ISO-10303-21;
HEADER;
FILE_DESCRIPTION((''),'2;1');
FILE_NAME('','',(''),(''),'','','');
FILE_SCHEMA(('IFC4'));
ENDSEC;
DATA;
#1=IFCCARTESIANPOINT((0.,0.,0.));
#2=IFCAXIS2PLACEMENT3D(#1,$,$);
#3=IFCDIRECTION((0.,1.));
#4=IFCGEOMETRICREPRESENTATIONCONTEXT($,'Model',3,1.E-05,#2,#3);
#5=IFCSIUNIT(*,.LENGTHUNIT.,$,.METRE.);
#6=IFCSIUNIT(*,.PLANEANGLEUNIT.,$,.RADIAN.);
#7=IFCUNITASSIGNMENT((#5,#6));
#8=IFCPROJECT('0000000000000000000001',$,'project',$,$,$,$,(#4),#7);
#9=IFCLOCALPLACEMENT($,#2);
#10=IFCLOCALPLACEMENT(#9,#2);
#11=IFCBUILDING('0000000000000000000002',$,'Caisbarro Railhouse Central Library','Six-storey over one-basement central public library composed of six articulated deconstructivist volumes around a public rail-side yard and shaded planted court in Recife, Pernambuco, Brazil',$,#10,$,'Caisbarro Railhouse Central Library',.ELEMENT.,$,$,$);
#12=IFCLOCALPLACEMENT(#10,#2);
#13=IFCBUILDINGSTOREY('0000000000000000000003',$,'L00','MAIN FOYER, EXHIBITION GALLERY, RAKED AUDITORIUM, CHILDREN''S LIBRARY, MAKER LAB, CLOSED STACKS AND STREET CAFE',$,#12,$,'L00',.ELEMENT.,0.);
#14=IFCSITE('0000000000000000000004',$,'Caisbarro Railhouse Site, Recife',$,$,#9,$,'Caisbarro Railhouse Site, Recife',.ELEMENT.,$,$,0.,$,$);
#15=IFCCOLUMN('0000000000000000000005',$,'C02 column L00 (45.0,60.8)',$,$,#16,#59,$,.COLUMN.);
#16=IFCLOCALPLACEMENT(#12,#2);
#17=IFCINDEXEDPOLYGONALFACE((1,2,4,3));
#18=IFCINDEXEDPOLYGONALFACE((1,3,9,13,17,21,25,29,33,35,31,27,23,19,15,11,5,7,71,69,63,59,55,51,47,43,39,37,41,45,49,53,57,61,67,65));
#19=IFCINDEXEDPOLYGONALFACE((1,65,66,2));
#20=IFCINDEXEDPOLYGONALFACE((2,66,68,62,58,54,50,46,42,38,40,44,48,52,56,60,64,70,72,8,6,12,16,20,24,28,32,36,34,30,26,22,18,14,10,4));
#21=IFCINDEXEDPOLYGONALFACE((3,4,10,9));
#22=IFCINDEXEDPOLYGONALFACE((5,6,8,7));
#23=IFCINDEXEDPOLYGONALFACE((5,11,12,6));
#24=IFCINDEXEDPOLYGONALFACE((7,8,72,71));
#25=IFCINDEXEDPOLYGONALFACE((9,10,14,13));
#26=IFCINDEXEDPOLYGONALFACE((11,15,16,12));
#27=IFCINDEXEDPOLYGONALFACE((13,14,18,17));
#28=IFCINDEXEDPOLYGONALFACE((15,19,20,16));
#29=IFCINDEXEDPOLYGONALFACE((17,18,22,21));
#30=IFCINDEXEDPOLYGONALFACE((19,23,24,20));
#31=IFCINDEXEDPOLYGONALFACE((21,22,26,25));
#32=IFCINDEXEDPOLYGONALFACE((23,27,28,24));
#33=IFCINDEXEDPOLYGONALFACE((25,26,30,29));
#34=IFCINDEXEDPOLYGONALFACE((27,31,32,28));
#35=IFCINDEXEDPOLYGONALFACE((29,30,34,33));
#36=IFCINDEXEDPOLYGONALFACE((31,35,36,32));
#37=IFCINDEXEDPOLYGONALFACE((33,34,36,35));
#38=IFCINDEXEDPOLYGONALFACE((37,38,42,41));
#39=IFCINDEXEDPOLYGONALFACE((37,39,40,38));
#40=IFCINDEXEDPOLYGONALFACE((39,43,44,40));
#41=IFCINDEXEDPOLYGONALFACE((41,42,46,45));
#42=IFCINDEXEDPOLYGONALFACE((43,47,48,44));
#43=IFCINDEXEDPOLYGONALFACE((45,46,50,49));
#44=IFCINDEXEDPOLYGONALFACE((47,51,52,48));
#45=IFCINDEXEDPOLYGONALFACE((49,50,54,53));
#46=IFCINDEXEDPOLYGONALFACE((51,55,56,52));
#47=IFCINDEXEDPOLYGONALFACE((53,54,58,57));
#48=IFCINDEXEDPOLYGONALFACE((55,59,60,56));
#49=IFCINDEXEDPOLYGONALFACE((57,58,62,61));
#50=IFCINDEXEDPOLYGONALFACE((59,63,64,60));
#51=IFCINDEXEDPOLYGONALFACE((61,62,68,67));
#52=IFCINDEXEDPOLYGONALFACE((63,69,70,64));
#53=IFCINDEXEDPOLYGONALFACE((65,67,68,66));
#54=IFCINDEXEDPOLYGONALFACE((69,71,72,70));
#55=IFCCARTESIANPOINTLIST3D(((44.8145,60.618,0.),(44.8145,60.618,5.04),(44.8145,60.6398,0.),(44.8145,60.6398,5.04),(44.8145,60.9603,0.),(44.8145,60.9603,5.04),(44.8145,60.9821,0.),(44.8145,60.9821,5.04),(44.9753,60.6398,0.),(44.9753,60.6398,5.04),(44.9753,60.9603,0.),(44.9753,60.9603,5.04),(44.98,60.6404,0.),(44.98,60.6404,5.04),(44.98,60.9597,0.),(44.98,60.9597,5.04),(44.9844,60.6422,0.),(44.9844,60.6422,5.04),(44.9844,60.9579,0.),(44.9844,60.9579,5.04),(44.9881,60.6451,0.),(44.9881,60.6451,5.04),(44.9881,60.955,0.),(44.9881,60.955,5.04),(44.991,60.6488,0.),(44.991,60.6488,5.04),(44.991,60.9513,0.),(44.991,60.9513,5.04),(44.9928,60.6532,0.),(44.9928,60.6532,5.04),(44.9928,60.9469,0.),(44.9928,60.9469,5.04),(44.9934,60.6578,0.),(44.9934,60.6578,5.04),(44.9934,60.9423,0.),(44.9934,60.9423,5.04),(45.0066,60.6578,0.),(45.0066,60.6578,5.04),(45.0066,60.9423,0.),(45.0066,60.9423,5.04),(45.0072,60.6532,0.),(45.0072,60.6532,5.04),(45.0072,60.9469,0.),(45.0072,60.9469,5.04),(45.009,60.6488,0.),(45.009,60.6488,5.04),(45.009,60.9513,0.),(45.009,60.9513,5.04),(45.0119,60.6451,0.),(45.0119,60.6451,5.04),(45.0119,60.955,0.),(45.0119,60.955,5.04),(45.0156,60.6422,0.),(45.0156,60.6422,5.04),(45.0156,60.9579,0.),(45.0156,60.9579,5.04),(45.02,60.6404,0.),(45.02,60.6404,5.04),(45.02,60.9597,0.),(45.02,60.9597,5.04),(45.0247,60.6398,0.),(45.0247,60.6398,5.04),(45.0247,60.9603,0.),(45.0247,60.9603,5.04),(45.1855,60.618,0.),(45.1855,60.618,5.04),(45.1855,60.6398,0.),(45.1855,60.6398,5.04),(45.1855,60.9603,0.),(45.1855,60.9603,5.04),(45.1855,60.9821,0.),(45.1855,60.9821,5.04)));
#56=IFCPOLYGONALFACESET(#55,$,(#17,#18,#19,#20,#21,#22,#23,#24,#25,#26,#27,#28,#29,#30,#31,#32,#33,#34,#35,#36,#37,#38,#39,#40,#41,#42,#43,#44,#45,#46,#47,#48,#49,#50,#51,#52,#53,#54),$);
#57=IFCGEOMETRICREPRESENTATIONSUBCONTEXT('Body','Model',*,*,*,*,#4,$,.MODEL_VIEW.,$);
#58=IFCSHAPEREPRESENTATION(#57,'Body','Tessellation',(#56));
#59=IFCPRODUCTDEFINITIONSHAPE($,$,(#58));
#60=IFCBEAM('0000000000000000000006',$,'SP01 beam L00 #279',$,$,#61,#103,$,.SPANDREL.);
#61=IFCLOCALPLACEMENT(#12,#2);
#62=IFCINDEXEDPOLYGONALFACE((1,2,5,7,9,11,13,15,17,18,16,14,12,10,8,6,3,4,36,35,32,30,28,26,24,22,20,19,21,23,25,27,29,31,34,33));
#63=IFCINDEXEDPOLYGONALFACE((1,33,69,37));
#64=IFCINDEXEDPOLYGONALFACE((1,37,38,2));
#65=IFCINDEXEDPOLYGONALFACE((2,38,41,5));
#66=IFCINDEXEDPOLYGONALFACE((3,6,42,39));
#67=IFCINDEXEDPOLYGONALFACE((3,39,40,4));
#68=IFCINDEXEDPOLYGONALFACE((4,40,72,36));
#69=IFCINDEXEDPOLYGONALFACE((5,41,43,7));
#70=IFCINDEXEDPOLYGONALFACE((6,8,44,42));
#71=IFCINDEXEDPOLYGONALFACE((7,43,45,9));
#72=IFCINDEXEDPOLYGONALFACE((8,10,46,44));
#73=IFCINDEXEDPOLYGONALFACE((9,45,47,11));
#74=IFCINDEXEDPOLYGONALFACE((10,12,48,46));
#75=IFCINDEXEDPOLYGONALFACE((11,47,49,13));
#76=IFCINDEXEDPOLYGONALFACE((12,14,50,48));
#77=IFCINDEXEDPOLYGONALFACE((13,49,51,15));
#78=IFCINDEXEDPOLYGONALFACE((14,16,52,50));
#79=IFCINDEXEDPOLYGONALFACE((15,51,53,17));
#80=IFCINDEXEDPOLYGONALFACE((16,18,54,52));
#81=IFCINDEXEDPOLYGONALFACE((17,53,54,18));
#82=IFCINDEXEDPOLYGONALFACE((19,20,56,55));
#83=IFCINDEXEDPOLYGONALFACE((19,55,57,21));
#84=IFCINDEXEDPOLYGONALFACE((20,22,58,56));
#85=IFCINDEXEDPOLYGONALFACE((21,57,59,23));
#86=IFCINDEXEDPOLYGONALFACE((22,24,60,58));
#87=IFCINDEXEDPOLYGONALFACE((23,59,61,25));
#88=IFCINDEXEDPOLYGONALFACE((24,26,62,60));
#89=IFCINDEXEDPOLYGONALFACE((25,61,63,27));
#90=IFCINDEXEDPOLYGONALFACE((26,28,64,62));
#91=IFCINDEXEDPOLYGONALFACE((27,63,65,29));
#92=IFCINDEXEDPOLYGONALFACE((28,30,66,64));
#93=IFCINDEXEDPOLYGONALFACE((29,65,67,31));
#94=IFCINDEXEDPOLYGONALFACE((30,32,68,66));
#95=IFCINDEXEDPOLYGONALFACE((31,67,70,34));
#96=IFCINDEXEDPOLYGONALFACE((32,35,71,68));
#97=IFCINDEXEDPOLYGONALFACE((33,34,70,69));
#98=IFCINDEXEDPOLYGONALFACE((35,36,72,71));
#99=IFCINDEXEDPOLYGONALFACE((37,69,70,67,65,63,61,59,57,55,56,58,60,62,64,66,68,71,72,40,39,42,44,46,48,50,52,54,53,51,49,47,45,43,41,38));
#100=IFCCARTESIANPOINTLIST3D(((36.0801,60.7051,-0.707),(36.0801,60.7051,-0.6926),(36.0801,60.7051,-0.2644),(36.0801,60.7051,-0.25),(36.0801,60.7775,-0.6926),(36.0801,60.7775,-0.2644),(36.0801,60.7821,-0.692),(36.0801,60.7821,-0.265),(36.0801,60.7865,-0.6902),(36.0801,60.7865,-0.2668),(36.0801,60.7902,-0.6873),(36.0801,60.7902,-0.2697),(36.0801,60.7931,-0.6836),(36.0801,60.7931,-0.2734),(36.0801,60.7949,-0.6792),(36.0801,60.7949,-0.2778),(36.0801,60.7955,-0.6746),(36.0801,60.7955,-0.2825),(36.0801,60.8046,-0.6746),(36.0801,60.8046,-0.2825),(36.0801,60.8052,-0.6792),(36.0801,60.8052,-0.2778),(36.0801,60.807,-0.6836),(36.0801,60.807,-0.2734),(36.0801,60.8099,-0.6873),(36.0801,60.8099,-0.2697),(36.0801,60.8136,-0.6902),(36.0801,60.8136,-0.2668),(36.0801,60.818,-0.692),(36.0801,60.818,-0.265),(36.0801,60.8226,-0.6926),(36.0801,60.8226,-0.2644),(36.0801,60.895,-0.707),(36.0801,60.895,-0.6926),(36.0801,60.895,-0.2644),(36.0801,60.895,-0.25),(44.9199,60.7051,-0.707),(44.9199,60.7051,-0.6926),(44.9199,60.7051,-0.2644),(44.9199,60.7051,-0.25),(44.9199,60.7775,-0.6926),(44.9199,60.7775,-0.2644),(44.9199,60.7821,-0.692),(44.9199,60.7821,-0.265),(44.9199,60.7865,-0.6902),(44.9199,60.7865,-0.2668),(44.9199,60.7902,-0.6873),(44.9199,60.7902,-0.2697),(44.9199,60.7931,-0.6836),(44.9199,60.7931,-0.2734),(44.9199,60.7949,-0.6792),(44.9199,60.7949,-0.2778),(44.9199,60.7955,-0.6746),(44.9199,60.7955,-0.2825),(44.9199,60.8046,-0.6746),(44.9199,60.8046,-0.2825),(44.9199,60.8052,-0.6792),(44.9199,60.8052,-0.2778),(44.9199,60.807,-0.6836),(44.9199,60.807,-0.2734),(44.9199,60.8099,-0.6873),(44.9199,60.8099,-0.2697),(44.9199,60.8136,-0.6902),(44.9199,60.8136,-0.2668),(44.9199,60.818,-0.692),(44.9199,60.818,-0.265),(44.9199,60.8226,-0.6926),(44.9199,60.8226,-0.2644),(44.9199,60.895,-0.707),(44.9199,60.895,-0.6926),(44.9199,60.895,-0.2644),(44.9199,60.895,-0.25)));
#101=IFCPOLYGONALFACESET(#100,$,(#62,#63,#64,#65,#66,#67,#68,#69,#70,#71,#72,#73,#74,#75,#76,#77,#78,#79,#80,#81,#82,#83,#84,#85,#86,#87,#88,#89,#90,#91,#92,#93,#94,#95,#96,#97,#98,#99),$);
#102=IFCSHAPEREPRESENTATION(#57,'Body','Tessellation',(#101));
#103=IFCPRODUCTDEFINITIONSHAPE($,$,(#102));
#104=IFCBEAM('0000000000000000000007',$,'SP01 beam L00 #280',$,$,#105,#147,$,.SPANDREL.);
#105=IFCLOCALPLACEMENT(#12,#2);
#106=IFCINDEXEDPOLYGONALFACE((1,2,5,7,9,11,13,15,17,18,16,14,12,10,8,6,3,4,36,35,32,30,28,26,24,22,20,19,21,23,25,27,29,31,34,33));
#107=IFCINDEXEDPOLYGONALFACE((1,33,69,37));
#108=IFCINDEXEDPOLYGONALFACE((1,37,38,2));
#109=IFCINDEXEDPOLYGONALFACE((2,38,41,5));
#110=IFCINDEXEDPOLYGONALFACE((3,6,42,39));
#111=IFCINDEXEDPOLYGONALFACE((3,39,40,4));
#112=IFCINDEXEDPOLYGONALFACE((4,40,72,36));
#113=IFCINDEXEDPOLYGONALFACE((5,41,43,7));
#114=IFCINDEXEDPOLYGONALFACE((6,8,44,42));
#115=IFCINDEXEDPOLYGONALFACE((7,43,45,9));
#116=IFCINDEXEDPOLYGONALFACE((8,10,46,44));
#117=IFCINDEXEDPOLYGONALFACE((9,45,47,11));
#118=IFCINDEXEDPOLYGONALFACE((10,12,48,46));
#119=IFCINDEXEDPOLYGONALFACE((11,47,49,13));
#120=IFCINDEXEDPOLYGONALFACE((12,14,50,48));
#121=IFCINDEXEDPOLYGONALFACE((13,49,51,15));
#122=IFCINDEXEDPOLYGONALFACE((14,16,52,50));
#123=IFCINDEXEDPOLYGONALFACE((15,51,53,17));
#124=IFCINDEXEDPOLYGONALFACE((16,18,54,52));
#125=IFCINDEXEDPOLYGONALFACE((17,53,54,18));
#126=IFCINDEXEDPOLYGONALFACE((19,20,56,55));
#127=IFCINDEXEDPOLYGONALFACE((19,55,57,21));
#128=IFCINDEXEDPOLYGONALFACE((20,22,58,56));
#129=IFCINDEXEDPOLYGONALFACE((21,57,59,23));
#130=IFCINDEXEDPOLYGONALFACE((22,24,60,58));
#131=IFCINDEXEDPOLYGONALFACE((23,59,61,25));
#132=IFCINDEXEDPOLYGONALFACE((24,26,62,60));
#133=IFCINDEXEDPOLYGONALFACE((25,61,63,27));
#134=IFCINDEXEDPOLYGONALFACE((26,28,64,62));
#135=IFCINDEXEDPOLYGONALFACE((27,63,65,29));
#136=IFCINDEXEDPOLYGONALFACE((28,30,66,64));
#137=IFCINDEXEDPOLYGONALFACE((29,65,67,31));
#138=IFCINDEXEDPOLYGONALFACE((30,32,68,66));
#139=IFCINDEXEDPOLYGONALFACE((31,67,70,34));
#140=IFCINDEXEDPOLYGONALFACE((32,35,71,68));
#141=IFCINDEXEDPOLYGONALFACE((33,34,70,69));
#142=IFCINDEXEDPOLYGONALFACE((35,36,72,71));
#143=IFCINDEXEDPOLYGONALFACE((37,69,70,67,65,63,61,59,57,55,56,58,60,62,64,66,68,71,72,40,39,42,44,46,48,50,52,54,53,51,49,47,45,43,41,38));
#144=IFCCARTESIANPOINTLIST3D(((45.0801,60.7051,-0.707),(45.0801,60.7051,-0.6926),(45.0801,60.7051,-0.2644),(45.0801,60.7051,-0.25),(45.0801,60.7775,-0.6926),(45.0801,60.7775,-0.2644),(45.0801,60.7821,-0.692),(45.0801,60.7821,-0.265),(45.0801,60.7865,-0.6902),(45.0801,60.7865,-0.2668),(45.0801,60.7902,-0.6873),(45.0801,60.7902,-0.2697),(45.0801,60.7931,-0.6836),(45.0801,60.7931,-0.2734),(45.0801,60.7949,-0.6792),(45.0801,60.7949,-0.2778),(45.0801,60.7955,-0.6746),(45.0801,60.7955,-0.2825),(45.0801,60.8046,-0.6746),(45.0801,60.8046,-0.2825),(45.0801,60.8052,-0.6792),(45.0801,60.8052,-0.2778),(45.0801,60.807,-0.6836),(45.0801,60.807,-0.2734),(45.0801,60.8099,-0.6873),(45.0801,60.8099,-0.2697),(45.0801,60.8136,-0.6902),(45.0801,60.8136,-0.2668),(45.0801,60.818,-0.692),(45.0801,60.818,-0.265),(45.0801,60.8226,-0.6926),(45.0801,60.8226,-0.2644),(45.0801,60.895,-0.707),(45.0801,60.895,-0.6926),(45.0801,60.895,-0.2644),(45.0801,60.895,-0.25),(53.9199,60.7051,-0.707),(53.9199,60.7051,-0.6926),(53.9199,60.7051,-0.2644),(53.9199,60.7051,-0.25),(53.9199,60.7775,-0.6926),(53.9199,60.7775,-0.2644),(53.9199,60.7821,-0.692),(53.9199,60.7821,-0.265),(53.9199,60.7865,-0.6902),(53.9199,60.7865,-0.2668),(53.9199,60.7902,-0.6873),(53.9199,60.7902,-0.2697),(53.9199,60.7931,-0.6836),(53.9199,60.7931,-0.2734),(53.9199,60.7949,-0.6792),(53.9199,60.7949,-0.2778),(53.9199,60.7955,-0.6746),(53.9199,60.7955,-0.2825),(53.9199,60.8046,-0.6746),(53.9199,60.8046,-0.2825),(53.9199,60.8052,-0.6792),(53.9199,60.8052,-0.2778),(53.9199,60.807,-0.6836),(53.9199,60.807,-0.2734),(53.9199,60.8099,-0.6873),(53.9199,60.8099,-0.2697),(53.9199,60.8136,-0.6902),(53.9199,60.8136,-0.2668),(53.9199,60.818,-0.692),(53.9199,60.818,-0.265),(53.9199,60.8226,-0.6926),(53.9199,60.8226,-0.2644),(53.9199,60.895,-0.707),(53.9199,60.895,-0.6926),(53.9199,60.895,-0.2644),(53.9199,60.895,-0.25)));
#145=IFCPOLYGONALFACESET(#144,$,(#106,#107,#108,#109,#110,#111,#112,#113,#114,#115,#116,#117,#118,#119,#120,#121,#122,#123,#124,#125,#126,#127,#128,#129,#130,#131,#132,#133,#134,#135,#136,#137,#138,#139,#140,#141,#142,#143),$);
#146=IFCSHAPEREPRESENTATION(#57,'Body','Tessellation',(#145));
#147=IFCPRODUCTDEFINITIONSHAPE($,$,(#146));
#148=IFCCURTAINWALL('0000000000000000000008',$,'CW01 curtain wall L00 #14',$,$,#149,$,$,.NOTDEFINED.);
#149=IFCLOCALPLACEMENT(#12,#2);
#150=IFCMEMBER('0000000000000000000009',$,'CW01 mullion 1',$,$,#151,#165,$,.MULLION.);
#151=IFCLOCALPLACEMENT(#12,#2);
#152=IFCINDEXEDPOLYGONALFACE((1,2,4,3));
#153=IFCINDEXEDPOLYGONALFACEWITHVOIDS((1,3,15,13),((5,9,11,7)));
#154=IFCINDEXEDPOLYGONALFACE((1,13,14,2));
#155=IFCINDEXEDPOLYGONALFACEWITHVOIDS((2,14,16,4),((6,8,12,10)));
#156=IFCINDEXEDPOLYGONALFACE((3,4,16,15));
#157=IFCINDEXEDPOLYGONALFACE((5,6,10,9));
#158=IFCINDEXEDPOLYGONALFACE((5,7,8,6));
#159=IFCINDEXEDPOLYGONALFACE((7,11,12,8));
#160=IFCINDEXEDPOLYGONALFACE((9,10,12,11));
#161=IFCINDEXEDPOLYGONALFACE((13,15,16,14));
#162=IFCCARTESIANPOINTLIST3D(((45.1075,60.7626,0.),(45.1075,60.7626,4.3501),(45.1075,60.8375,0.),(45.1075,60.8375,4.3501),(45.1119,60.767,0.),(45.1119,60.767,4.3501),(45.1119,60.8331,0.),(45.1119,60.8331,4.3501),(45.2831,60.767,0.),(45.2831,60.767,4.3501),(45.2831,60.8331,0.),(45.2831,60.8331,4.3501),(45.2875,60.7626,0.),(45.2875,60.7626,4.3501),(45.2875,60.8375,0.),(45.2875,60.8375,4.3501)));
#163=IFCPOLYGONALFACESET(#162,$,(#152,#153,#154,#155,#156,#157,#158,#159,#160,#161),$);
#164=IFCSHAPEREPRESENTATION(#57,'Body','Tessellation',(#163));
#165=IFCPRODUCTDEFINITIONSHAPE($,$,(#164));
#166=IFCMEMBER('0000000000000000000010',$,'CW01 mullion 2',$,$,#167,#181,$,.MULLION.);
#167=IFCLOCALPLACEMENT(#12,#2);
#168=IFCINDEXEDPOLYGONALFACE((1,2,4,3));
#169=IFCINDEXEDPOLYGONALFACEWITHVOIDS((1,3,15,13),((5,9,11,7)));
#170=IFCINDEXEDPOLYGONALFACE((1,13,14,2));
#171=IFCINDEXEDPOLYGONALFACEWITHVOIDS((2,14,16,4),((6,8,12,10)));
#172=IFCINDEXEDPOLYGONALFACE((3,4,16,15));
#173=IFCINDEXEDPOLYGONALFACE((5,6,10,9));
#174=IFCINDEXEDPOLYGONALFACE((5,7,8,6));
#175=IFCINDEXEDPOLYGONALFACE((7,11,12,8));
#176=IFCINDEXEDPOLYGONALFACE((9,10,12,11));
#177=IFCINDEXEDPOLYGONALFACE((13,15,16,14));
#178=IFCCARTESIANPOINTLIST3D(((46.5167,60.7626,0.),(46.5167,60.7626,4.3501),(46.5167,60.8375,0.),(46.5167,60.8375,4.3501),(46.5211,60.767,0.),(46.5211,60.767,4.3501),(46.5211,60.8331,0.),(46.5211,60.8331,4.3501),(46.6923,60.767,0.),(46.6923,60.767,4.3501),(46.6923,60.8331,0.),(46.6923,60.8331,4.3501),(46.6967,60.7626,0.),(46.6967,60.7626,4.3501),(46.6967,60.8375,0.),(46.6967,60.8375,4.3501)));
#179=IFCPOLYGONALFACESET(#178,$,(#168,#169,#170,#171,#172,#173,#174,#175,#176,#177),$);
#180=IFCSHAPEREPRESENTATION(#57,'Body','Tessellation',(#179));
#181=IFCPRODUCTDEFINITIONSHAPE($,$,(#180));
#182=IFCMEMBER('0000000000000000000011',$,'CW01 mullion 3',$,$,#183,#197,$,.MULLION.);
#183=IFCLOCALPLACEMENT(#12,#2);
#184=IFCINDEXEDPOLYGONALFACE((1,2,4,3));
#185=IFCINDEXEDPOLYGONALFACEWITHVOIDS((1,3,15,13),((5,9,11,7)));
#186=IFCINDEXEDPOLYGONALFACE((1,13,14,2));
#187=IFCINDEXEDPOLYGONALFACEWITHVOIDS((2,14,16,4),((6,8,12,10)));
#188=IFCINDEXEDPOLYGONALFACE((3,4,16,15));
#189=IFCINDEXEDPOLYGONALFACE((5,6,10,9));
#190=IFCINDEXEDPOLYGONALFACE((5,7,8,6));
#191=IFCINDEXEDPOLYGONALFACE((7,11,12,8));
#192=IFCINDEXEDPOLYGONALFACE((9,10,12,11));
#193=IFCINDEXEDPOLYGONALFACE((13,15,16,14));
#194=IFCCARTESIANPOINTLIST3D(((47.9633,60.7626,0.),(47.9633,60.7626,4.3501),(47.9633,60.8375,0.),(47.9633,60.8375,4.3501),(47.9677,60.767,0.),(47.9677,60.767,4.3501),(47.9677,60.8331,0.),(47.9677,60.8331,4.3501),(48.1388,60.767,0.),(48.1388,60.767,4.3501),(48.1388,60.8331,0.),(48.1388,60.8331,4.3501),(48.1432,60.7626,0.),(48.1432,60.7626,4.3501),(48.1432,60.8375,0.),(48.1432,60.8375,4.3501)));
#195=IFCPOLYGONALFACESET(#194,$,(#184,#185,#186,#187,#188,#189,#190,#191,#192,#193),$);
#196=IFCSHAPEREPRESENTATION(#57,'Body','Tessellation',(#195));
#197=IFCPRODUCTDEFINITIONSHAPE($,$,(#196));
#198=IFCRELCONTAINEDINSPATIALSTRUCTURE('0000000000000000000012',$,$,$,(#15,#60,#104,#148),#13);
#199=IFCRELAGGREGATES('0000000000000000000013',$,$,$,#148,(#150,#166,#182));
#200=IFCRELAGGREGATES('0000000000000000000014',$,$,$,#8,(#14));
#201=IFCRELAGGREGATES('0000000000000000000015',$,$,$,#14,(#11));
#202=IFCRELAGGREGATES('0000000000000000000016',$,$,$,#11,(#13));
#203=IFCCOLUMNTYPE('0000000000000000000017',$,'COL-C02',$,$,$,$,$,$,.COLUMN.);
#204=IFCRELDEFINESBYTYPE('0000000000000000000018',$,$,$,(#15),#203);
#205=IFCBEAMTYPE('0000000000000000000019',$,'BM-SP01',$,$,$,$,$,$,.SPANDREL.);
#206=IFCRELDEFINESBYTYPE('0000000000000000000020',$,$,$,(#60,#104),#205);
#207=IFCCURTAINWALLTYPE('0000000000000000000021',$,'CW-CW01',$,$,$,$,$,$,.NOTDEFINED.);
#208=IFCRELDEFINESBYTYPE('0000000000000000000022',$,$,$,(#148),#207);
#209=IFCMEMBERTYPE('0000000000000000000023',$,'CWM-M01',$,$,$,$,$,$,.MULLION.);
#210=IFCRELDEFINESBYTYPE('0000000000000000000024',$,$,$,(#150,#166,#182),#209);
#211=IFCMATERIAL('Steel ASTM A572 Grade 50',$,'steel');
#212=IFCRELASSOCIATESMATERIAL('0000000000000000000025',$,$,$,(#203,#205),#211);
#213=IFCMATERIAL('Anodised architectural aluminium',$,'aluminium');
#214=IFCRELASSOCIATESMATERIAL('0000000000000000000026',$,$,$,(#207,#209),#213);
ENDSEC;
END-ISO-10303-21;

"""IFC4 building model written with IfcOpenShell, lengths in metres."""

from ifc_helpers import new_model, si_unit, direction, frame, origin, origin_2d, place, context, subcontext, project, spatial, hollow_rectangle, i_section, extrude, material, material_profile, profile_set, type_object, element, aggregate, save


model = new_model("IFC4")

# Units and contexts
model_context = context("Model", 3, precision=1e-05, world=origin(), true_north=direction((0.0, 1.0)))
body_context = subcontext(model_context, "Body", "Model", "MODEL_VIEW")
ifc_project = project(units=[si_unit("LENGTHUNIT", "METRE"), si_unit("PLANEANGLEUNIT", "RADIAN")], contexts=[model_context])

# Site, building, storey
site_placement = place(None, origin())
site = spatial("IfcSite", under=ifc_project, at=site_placement, Name="Caisbarro Railhouse Site, Recife", LongName="Caisbarro Railhouse Site, Recife", CompositionType="ELEMENT", RefElevation=0.0)
building_placement = place(site_placement, origin())
building = spatial("IfcBuilding", under=site, at=building_placement, Name="Caisbarro Railhouse Central Library", Description="Six-storey over one-basement central public library composed of six articulated deconstructivist volumes around a public rail-side yard and shaded planted court in Recife, Pernambuco, Brazil", LongName="Caisbarro Railhouse Central Library", CompositionType="ELEMENT")
storey_placement = place(building_placement, origin())
storey = spatial("IfcBuildingStorey", under=building, at=storey_placement, Name="L00", Description="MAIN FOYER, EXHIBITION GALLERY, RAKED AUDITORIUM, CHILDREN'S LIBRARY, MAKER LAB, CLOSED STACKS AND STREET CAFE", LongName="L00", CompositionType="ELEMENT", Elevation=0.0)

# Column
ifc_material_1 = material(Name="Steel ASTM A572 Grade 50", Category="steel")
ifc_material_profile_1 = material_profile(ifc_material_1, i_section(OverallWidth=0.3711, OverallDepth=0.364, WebThickness=0.0132, FlangeThickness=0.0217, FilletRadius=0.0181, at=origin_2d()), Name="W360X162.0")
ifc_profile_set_1 = profile_set([ifc_material_profile_1], Name="Steel ASTM A572 Grade 50")
column_type = type_object("IfcColumnType", Name="COL-C02", PredefinedType="COLUMN", material=ifc_profile_set_1)
column_placement = place(storey_placement, frame((45.0, 60.8, 0.0), z_axis=(0.0, 0.0, 1.0), x_axis=(1.0, 0.0, 0.0)))
element("IfcColumn", 1, at=column_placement, inside=storey, type_object=column_type, Name="C02 column L00 (45.0,60.8)", PredefinedType="COLUMN", context=body_context, shape_type="SweptSolid", body=[
    extrude(i_section(OverallWidth=0.3711, OverallDepth=0.364, WebThickness=0.0132, FlangeThickness=0.0217, FilletRadius=0.0181, at=origin_2d()), origin(), (0.0, 0.0, 1.0), 5.04),
])

# Beams
ifc_material_profile_2 = material_profile(ifc_material_1, i_section(OverallWidth=0.1899, OverallDepth=0.457, WebThickness=0.009, FlangeThickness=0.0144, FilletRadius=0.0181, at=origin_2d()), Name="W460X74.0")
ifc_profile_set_2 = profile_set([ifc_material_profile_2], Name="Steel ASTM A572 Grade 50")
beam_type = type_object("IfcBeamType", Name="BM-SP01", PredefinedType="SPANDREL", material=ifc_profile_set_2)
for number, where, z_axis, x_axis, name in (
    (2, (36.0801, 60.8, -0.4785), (1.0, 0.0, 0.0), (0.0, 1.0, 0.0), "SP01 beam L00 #279"),
    (3, (45.0801, 60.8, -0.4785), (1.0, 0.0, 0.0), (0.0, 1.0, 0.0), "SP01 beam L00 #280"),
):
    element("IfcBeam", number, at=place(storey_placement, frame(where, z_axis=z_axis, x_axis=x_axis)), inside=storey, type_object=beam_type, Name=name, PredefinedType="SPANDREL", context=body_context, shape_type="SweptSolid", body=[
        extrude(i_section(OverallWidth=0.1899, OverallDepth=0.457, WebThickness=0.009, FlangeThickness=0.0144, FilletRadius=0.0181, at=origin_2d()), origin(), (0.0, 0.0, 1.0), 8.8398),
    ])

# Curtain wall, members
ifc_material_2 = material(Name="Anodised architectural aluminium", Category="aluminium")
curtain_wall_type = type_object("IfcCurtainWallType", Name="CW-CW01", PredefinedType="NOTDEFINED", material=ifc_material_2)
curtain_wall_placement = place(storey_placement, origin())
curtain_wall = element("IfcCurtainWall", 4, at=curtain_wall_placement, inside=storey, type_object=curtain_wall_type, Name="CW01 curtain wall L00 #14", PredefinedType="NOTDEFINED")
ifc_material_profile_3 = material_profile(ifc_material_2, hollow_rectangle(XDim=0.075, YDim=0.1799, WallThickness=0.0044, at=origin_2d()), Name="ALU-MUL-75X180")
ifc_profile_set_3 = profile_set([ifc_material_profile_3], Name="Anodised architectural aluminium")
member_type_1 = type_object("IfcMemberType", Name="CWM-M01", PredefinedType="MULLION", material=ifc_profile_set_3)
member_1_placement = place(storey_placement, frame((45.1975, 60.8, 0.0), z_axis=(0.0, 0.0, 1.0), x_axis=(0.0, 1.0, 0.0)))
member_1 = element("IfcMember", 5, at=member_1_placement, type_object=member_type_1, Name="CW01 mullion 1", PredefinedType="MULLION", context=body_context, shape_type="SweptSolid", body=[
    extrude(hollow_rectangle(XDim=0.075, YDim=0.1799, WallThickness=0.0044, at=origin_2d()), origin(), (0.0, 0.0, 1.0), 4.3501),
])
member_2_placement = place(storey_placement, frame((46.6067, 60.8, 0.0), z_axis=(0.0, 0.0, 1.0), x_axis=(0.0, 1.0, 0.0)))
member_2 = element("IfcMember", 6, at=member_2_placement, type_object=member_type_1, Name="CW01 mullion 2", PredefinedType="MULLION", context=body_context, shape_type="SweptSolid", body=[
    extrude(hollow_rectangle(XDim=0.075, YDim=0.1799, WallThickness=0.0044, at=origin_2d()), origin(), (0.0, 0.0, 1.0), 4.3501),
])
member_3_placement = place(storey_placement, frame((48.0532, 60.8, 0.0), z_axis=(0.0, 0.0, 1.0), x_axis=(0.0, 1.0, 0.0)))
member_3 = element("IfcMember", 7, at=member_3_placement, type_object=member_type_1, Name="CW01 mullion 3", PredefinedType="MULLION", context=body_context, shape_type="SweptSolid", body=[
    extrude(hollow_rectangle(XDim=0.075, YDim=0.1799, WallThickness=0.0044, at=origin_2d()), origin(), (0.0, 0.0, 1.0), 4.3501),
])
aggregate(curtain_wall, [member_1, member_2, member_3])

save(model, "model.ifc")
